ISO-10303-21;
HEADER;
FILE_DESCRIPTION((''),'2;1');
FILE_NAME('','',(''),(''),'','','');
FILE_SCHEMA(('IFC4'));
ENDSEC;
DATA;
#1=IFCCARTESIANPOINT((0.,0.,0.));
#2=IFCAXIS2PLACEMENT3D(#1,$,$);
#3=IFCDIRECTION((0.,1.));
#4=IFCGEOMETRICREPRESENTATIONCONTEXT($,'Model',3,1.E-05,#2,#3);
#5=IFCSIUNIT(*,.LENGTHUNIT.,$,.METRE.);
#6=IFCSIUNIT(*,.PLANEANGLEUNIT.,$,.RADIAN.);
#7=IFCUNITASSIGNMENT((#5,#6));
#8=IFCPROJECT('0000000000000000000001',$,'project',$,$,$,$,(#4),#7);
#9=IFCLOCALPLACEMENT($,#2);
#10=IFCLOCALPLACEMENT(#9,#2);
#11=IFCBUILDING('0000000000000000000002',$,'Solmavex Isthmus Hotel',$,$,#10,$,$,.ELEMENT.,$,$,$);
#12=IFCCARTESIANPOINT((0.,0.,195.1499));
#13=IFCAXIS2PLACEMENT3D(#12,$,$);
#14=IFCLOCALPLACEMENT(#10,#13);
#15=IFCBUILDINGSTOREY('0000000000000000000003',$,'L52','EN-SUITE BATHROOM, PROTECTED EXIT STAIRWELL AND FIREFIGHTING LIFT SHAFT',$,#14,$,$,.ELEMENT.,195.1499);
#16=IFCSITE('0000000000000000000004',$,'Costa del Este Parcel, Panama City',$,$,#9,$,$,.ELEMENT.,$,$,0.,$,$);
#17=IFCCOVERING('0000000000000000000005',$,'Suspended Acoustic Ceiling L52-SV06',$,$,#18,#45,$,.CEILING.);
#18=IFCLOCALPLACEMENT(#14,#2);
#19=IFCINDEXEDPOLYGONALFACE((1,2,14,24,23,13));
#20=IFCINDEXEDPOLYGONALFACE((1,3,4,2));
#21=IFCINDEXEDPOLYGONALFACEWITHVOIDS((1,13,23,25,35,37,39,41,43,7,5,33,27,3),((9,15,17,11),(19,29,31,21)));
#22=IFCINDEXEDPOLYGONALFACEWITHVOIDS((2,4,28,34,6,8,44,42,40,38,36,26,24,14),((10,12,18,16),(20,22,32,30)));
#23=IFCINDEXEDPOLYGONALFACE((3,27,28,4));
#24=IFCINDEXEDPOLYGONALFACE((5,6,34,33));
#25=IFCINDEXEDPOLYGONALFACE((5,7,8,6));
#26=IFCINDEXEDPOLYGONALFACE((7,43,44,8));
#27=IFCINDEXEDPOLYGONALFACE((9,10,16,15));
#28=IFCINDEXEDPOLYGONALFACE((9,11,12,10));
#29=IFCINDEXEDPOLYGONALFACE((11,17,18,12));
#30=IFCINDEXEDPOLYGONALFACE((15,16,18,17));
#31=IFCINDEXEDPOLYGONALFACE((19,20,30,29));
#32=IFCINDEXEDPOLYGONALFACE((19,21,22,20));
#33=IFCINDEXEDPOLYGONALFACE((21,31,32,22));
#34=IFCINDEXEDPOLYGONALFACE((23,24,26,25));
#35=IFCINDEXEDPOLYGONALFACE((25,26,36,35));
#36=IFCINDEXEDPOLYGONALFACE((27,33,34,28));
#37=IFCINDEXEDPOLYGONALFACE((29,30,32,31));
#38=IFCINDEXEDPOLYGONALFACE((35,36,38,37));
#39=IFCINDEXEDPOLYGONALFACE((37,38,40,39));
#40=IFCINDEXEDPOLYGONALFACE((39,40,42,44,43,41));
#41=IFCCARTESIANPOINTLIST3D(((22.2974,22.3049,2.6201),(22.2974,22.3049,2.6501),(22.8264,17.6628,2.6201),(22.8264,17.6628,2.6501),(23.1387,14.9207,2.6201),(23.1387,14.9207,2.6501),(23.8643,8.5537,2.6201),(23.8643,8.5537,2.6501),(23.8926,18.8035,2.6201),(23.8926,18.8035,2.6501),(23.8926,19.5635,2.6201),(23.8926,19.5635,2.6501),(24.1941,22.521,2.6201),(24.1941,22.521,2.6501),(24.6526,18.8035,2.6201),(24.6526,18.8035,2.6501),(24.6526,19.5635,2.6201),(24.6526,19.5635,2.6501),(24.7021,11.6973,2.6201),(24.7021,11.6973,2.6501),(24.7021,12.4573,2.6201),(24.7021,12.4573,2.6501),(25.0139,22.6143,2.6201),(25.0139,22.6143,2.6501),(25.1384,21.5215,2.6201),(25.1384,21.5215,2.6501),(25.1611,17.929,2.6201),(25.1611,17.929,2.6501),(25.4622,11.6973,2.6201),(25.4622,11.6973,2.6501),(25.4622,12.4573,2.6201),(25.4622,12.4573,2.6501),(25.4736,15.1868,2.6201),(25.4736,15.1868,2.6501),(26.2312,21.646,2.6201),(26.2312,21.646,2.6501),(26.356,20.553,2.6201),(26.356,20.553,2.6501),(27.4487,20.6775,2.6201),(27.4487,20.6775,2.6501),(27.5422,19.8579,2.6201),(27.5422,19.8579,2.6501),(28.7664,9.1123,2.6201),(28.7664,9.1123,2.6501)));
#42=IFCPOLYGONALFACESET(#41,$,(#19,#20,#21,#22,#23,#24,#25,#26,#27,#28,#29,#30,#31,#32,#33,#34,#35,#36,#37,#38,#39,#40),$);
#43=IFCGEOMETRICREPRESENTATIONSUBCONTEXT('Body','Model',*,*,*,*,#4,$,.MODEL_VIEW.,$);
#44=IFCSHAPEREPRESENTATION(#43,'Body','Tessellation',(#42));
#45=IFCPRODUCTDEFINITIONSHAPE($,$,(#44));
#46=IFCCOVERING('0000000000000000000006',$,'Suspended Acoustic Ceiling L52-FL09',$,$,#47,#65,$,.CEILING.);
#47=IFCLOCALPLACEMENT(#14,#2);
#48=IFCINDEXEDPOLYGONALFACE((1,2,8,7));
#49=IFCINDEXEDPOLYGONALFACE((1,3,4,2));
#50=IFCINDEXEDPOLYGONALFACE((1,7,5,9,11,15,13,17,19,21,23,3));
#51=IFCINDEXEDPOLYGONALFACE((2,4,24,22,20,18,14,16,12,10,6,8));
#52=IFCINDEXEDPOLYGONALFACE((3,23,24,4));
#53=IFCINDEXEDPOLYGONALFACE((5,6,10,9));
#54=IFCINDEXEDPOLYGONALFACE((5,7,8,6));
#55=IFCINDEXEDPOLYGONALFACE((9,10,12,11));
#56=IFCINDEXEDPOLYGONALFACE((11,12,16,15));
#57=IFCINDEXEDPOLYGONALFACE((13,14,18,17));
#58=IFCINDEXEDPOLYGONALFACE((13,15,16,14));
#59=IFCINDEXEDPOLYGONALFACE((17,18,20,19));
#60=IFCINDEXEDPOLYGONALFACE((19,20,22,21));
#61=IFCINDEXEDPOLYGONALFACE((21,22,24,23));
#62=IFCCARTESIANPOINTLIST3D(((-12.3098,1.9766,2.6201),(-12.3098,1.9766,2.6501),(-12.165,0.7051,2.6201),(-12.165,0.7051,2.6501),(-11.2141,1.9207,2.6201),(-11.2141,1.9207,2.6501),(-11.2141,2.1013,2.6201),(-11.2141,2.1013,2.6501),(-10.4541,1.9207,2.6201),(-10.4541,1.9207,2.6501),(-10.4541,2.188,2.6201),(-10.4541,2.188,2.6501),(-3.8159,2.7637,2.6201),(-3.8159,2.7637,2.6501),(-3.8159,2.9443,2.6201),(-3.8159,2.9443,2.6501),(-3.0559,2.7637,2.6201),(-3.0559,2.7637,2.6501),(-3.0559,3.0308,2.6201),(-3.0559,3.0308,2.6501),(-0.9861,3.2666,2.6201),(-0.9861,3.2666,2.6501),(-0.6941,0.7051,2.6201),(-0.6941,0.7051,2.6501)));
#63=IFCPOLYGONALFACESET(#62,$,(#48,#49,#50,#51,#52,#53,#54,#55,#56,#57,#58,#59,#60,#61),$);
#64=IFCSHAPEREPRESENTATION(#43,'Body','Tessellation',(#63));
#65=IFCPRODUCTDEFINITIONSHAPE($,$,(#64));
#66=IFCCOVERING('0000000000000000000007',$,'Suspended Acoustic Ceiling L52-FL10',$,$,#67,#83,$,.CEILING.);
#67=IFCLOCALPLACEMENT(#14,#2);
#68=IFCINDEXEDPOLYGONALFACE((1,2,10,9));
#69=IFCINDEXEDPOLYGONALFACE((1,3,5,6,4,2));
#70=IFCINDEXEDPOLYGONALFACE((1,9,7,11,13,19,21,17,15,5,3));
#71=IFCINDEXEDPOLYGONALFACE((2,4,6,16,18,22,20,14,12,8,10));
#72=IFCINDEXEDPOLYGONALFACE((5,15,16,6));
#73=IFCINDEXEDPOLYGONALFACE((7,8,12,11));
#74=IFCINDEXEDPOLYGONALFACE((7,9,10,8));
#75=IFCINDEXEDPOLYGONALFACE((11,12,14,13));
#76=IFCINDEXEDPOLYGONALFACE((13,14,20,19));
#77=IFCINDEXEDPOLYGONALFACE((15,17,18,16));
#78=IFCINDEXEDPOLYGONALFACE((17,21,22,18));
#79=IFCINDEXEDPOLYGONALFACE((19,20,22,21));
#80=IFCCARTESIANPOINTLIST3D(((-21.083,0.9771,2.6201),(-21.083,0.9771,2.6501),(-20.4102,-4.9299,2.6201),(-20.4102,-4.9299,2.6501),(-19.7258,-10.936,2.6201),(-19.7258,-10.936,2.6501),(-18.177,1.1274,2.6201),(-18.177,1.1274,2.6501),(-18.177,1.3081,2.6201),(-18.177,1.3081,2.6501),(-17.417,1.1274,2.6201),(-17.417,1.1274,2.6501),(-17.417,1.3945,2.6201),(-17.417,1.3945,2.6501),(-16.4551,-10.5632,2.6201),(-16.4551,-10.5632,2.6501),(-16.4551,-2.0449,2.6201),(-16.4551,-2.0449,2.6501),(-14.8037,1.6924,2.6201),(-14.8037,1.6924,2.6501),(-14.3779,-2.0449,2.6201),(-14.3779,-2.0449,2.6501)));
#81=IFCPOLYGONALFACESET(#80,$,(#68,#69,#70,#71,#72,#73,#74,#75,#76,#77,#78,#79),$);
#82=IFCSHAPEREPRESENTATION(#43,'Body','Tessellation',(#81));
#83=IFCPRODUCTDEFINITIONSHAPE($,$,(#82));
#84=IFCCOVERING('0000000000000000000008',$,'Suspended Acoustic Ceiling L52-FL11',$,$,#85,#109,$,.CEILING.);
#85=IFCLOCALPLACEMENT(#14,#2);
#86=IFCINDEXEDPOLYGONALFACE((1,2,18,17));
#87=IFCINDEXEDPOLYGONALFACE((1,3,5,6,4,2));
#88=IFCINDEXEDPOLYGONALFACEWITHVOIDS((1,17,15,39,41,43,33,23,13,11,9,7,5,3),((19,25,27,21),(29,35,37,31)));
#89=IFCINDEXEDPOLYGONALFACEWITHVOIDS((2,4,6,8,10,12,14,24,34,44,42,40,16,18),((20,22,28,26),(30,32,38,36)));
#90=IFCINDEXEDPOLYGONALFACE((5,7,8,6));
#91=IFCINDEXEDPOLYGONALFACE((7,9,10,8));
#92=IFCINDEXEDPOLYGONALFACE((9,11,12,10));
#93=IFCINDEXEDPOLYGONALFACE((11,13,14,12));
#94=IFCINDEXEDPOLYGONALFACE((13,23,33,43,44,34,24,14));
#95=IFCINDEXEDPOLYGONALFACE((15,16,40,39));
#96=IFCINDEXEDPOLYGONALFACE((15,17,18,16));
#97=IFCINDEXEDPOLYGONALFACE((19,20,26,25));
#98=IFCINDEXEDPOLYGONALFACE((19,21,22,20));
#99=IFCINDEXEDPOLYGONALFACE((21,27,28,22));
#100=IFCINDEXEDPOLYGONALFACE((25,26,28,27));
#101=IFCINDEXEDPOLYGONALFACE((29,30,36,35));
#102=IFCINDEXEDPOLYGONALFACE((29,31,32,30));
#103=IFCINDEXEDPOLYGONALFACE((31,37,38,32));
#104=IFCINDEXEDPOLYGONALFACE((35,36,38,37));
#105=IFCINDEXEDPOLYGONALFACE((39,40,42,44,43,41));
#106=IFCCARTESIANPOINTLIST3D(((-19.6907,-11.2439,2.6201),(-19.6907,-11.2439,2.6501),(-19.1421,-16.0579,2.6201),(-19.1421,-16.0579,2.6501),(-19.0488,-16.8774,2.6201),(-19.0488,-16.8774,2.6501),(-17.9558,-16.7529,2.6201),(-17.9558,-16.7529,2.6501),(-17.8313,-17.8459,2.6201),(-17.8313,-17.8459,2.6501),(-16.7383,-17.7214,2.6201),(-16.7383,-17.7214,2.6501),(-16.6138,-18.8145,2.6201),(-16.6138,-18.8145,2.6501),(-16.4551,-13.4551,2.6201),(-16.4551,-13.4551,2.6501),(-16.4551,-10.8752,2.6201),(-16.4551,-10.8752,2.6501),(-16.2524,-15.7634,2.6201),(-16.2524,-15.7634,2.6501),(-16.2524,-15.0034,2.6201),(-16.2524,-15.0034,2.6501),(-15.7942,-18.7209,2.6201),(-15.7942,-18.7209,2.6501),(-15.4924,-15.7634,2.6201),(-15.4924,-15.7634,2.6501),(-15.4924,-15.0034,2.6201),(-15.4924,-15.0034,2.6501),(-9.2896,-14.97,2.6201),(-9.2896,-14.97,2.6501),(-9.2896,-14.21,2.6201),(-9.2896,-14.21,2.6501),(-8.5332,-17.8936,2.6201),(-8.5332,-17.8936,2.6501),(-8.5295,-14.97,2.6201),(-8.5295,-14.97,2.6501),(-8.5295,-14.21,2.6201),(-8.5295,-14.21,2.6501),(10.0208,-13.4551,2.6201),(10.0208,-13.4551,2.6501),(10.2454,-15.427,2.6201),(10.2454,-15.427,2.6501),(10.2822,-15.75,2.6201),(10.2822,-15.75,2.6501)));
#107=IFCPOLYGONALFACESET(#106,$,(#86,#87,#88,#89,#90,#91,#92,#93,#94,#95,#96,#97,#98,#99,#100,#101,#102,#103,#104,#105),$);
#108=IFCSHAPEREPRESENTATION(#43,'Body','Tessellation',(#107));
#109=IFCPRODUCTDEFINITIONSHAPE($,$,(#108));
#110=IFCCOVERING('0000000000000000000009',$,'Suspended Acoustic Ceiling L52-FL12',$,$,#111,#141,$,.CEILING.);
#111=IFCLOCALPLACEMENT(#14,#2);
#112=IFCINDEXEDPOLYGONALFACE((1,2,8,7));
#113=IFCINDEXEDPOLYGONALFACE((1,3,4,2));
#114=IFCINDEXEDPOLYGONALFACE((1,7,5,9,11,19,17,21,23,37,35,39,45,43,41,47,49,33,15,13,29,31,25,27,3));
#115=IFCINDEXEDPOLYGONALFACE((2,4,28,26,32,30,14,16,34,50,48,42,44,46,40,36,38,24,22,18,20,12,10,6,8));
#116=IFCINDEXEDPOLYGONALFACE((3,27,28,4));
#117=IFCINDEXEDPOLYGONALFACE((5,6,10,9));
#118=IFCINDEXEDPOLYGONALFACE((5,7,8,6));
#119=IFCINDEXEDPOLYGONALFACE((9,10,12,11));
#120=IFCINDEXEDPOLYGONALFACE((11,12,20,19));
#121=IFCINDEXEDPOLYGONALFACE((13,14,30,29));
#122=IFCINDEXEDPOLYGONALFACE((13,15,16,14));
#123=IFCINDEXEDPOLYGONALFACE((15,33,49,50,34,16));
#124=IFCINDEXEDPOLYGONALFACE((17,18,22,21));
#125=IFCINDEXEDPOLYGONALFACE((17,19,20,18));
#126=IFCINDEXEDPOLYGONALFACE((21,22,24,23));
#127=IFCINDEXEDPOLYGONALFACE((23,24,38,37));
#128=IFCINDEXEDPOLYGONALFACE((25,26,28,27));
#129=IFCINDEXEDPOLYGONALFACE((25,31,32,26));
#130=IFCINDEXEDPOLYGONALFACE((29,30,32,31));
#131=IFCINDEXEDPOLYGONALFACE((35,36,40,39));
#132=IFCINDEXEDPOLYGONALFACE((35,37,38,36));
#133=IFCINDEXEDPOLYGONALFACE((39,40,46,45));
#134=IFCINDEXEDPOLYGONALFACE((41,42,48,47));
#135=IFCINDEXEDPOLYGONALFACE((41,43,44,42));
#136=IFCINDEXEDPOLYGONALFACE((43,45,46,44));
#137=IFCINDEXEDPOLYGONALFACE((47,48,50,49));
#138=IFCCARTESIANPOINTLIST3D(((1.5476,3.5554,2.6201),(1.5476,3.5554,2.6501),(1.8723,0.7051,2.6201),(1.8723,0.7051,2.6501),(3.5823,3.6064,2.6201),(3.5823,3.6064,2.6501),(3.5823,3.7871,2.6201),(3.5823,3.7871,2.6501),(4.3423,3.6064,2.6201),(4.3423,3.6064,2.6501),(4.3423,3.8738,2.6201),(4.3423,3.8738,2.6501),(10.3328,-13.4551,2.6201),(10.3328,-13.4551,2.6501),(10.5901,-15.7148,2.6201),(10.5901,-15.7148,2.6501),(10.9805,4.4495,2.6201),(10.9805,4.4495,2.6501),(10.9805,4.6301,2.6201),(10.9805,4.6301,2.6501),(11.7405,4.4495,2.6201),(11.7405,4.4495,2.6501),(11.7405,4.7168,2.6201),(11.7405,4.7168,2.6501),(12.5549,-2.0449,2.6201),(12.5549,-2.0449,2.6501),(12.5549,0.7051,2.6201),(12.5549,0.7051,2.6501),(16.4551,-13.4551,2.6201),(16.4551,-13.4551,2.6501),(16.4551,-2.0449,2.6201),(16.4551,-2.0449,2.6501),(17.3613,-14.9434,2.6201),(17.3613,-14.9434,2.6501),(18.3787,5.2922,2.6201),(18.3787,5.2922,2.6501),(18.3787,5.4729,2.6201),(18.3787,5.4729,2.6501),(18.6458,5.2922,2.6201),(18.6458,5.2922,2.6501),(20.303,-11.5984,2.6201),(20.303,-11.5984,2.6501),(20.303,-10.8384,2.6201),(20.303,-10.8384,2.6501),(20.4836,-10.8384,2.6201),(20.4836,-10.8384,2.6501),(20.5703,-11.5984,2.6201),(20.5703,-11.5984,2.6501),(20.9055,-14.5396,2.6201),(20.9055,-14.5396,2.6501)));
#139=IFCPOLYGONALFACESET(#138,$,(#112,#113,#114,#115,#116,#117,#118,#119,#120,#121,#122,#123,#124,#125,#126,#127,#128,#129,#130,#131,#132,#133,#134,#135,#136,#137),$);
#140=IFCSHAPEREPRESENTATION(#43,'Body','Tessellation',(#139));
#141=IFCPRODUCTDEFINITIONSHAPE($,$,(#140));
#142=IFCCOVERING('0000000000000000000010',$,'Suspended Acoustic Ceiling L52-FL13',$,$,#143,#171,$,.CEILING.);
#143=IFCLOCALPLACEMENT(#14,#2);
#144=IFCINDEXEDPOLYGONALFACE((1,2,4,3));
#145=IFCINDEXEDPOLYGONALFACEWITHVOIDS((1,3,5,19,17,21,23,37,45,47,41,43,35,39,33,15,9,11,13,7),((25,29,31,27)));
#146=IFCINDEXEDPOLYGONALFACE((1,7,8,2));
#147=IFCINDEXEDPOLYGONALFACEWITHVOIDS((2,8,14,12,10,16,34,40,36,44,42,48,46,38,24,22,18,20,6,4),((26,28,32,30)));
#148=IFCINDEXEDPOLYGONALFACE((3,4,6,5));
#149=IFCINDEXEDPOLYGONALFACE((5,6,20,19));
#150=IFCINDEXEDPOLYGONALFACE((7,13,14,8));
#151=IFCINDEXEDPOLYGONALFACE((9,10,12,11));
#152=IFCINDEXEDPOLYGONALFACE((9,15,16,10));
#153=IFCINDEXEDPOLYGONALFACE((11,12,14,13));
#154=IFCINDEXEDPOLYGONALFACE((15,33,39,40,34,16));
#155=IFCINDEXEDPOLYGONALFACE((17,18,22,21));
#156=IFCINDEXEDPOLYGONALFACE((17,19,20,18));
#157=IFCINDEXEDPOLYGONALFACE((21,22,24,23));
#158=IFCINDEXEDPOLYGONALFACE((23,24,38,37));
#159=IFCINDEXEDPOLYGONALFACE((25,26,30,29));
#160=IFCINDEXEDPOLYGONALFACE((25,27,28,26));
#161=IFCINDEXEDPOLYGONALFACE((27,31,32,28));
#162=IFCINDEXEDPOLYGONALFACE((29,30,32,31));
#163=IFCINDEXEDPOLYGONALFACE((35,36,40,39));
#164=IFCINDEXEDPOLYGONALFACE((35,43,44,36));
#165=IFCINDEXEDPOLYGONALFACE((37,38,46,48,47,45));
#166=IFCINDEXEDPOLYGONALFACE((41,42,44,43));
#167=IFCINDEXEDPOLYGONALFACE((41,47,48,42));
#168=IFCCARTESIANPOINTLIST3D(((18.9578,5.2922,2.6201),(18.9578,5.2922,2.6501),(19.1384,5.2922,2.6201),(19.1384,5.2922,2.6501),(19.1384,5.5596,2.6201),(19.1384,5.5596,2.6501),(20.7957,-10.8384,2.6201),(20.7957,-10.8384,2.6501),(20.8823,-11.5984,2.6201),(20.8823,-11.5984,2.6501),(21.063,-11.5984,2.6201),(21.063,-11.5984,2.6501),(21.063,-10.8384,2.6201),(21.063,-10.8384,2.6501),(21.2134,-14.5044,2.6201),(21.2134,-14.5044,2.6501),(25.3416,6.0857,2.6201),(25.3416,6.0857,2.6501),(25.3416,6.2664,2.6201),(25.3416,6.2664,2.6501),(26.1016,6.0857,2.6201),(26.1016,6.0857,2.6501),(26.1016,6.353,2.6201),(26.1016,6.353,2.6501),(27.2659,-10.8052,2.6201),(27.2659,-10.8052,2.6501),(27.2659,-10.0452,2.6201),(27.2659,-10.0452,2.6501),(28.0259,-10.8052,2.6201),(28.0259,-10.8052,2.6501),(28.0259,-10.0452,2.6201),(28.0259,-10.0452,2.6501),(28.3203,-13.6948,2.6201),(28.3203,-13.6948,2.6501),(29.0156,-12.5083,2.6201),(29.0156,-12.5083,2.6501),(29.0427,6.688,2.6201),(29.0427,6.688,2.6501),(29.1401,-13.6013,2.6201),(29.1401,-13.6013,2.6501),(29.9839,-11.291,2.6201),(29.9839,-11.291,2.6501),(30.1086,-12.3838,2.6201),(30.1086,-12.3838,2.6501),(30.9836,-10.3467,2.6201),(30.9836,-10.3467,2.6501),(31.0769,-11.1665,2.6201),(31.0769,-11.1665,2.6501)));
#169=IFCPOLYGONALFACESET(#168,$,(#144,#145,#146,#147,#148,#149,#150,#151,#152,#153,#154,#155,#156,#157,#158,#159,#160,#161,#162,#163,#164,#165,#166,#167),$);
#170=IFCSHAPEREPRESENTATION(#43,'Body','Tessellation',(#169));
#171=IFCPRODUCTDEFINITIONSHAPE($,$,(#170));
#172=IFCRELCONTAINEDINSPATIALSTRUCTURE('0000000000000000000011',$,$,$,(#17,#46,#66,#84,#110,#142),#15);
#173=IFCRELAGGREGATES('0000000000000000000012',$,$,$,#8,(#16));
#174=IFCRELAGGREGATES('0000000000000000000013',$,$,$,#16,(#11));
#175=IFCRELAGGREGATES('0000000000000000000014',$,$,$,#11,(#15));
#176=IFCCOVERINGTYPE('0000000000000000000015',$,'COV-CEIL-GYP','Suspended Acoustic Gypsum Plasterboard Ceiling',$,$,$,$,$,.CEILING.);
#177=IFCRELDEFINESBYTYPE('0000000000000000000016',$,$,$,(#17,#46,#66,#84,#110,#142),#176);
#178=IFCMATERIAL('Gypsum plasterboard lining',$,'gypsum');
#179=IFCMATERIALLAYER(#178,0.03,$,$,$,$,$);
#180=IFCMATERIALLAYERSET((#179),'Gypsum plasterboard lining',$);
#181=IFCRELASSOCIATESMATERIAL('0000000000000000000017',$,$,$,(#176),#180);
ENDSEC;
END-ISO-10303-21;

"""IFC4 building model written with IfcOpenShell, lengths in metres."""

from ifc_helpers import new_model, si_unit, direction, frame, origin, place, context, subcontext, project, spatial, polyline, outline, extrude, material, layer, layer_set, type_object, element, save


model = new_model("IFC4")

# Units and contexts
model_context = context("Model", 3, precision=1e-05, world=origin(), true_north=direction((0.0, 1.0)))
body_context = subcontext(model_context, "Body", "Model", "MODEL_VIEW")
ifc_project = project(units=[si_unit("LENGTHUNIT", "METRE"), si_unit("PLANEANGLEUNIT", "RADIAN")], contexts=[model_context])

# Site, building, storey
site_placement = place(None, origin())
site = spatial("IfcSite", under=ifc_project, at=site_placement, Name="Costa del Este Parcel, Panama City", CompositionType="ELEMENT", RefElevation=0.0)
building_placement = place(site_placement, origin())
building = spatial("IfcBuilding", under=site, at=building_placement, Name="Solmavex Isthmus Hotel", CompositionType="ELEMENT")
storey_placement = place(building_placement, frame((0.0, 0.0, 195.1499)))
storey = spatial("IfcBuildingStorey", under=building, at=storey_placement, Name="L52", Description="EN-SUITE BATHROOM, PROTECTED EXIT STAIRWELL AND FIREFIGHTING LIFT SHAFT", CompositionType="ELEMENT", Elevation=195.1499)

# Shared definitions
ifc_material_1 = material(Name="Gypsum plasterboard lining", Category="gypsum")

# Coverings
ifc_layer_1 = layer(ifc_material_1, 0.03)
ifc_layer_set_1 = layer_set([ifc_layer_1], Name="Gypsum plasterboard lining")
covering_type_1 = type_object("IfcCoveringType", Name="COV-CEIL-GYP", Description="Suspended Acoustic Gypsum Plasterboard Ceiling", PredefinedType="CEILING", material=ifc_layer_set_1)
covering_1_placement = place(storey_placement, frame((0.0, 0.0, 2.6201)))
element("IfcCovering", 1, at=covering_1_placement, inside=storey, type_object=covering_type_1, Name="Suspended Acoustic Ceiling L52-SV06", PredefinedType="CEILING", context=body_context, shape_type="SweptSolid", body=[
    extrude(outline(polyline([(25.1384, 21.5215), (25.0139, 22.6143), (24.1941, 22.521), (22.2974, 22.3049), (22.8264, 17.6628), (25.1611, 17.929), (25.4736, 15.1868), (23.1387, 14.9207), (23.8643, 8.5537), (28.7664, 9.1123), (27.5422, 19.8579), (27.4487, 20.6775), (26.356, 20.553), (26.2312, 21.646), (25.1384, 21.5215)]), holes=[polyline([(24.7021, 11.6973), (24.7021, 12.4573), (25.4622, 12.4573), (25.4622, 11.6973), (24.7021, 11.6973)]), polyline([(23.8926, 19.5635), (24.6526, 19.5635), (24.6526, 18.8035), (23.8926, 18.8035), (23.8926, 19.5635)])]), origin(), (0.0, 0.0, 1.0), 0.03),
])
covering_2_placement = place(storey_placement, frame((0.0, 0.0, 2.6201)))
element("IfcCovering", 2, at=covering_2_placement, inside=storey, type_object=covering_type_1, Name="Suspended Acoustic Ceiling L52-FL09", PredefinedType="CEILING", context=body_context, shape_type="SweptSolid", body=[
    extrude(outline(polyline([(-10.4541, 2.188), (-10.4541, 1.9207), (-11.2141, 1.9207), (-11.2141, 2.1013), (-12.3098, 1.9766), (-12.165, 0.7051), (-0.6941, 0.7051), (-0.9861, 3.2666), (-3.0559, 3.0308), (-3.0559, 2.7637), (-3.8159, 2.7637), (-3.8159, 2.9443), (-10.4541, 2.188)])), origin(), (0.0, 0.0, 1.0), 0.03),
])
covering_3_placement = place(storey_placement, frame((0.0, 0.0, 2.6201)))
element("IfcCovering", 3, at=covering_3_placement, inside=storey, type_object=covering_type_1, Name="Suspended Acoustic Ceiling L52-FL10", PredefinedType="CEILING", context=body_context, shape_type="SweptSolid", body=[
    extrude(outline(polyline([(-17.417, 1.3945), (-17.417, 1.1274), (-18.177, 1.1274), (-18.177, 1.3081), (-21.083, 0.9771), (-20.4102, -4.9299), (-19.7258, -10.936), (-16.4551, -10.5632), (-16.4551, -2.0449), (-14.3779, -2.0449), (-14.8037, 1.6924), (-17.417, 1.3945)])), origin(), (0.0, 0.0, 1.0), 0.03),
])
covering_4_placement = place(storey_placement, frame((0.0, 0.0, 2.6201)))
element("IfcCovering", 4, at=covering_4_placement, inside=storey, type_object=covering_type_1, Name="Suspended Acoustic Ceiling L52-FL11", PredefinedType="CEILING", context=body_context, shape_type="SweptSolid", body=[
    extrude(outline(polyline([(-8.5332, -17.8936), (10.2822, -15.75), (10.2454, -15.427), (10.0208, -13.4551), (-16.4551, -13.4551), (-16.4551, -10.8752), (-19.6907, -11.2439), (-19.1421, -16.0579), (-19.0488, -16.8774), (-17.9558, -16.7529), (-17.8313, -17.8459), (-16.7383, -17.7214), (-16.6138, -18.8145), (-15.7942, -18.7209), (-8.5332, -17.8936)]), holes=[polyline([(-9.2896, -14.97), (-9.2896, -14.21), (-8.5295, -14.21), (-8.5295, -14.97), (-9.2896, -14.97)]), polyline([(-16.2524, -15.7634), (-16.2524, -15.0034), (-15.4924, -15.0034), (-15.4924, -15.7634), (-16.2524, -15.7634)])]), origin(), (0.0, 0.0, 1.0), 0.03),
])
covering_5_placement = place(storey_placement, frame((0.0, 0.0, 2.6201)))
element("IfcCovering", 5, at=covering_5_placement, inside=storey, type_object=covering_type_1, Name="Suspended Acoustic Ceiling L52-FL12", PredefinedType="CEILING", context=body_context, shape_type="SweptSolid", body=[
    extrude(outline(polyline([(4.3423, 3.8738), (4.3423, 3.6064), (3.5823, 3.6064), (3.5823, 3.7871), (1.5476, 3.5554), (1.8723, 0.7051), (12.5549, 0.7051), (12.5549, -2.0449), (16.4551, -2.0449), (16.4551, -13.4551), (10.3328, -13.4551), (10.5901, -15.7148), (17.3613, -14.9434), (20.9055, -14.5396), (20.5703, -11.5984), (20.303, -11.5984), (20.303, -10.8384), (20.4836, -10.8384), (18.6458, 5.2922), (18.3787, 5.2922), (18.3787, 5.4729), (11.7405, 4.7168), (11.7405, 4.4495), (10.9805, 4.4495), (10.9805, 4.6301), (4.3423, 3.8738)])), origin(), (0.0, 0.0, 1.0), 0.03),
])
covering_6_placement = place(storey_placement, frame((0.0, 0.0, 2.6201)))
element("IfcCovering", 6, at=covering_6_placement, inside=storey, type_object=covering_type_1, Name="Suspended Acoustic Ceiling L52-FL13", PredefinedType="CEILING", context=body_context, shape_type="SweptSolid", body=[
    extrude(outline(polyline([(20.7957, -10.8384), (21.063, -10.8384), (21.063, -11.5984), (20.8823, -11.5984), (21.2134, -14.5044), (28.3203, -13.6948), (29.1401, -13.6013), (29.0156, -12.5083), (30.1086, -12.3838), (29.9839, -11.291), (31.0769, -11.1665), (30.9836, -10.3467), (29.0427, 6.688), (26.1016, 6.353), (26.1016, 6.0857), (25.3416, 6.0857), (25.3416, 6.2664), (19.1384, 5.5596), (19.1384, 5.2922), (18.9578, 5.2922), (20.7957, -10.8384)]), holes=[polyline([(27.2659, -10.8052), (27.2659, -10.0452), (28.0259, -10.0452), (28.0259, -10.8052), (27.2659, -10.8052)])]), origin(), (0.0, 0.0, 1.0), 0.03),
])

save(model, "model.ifc")
